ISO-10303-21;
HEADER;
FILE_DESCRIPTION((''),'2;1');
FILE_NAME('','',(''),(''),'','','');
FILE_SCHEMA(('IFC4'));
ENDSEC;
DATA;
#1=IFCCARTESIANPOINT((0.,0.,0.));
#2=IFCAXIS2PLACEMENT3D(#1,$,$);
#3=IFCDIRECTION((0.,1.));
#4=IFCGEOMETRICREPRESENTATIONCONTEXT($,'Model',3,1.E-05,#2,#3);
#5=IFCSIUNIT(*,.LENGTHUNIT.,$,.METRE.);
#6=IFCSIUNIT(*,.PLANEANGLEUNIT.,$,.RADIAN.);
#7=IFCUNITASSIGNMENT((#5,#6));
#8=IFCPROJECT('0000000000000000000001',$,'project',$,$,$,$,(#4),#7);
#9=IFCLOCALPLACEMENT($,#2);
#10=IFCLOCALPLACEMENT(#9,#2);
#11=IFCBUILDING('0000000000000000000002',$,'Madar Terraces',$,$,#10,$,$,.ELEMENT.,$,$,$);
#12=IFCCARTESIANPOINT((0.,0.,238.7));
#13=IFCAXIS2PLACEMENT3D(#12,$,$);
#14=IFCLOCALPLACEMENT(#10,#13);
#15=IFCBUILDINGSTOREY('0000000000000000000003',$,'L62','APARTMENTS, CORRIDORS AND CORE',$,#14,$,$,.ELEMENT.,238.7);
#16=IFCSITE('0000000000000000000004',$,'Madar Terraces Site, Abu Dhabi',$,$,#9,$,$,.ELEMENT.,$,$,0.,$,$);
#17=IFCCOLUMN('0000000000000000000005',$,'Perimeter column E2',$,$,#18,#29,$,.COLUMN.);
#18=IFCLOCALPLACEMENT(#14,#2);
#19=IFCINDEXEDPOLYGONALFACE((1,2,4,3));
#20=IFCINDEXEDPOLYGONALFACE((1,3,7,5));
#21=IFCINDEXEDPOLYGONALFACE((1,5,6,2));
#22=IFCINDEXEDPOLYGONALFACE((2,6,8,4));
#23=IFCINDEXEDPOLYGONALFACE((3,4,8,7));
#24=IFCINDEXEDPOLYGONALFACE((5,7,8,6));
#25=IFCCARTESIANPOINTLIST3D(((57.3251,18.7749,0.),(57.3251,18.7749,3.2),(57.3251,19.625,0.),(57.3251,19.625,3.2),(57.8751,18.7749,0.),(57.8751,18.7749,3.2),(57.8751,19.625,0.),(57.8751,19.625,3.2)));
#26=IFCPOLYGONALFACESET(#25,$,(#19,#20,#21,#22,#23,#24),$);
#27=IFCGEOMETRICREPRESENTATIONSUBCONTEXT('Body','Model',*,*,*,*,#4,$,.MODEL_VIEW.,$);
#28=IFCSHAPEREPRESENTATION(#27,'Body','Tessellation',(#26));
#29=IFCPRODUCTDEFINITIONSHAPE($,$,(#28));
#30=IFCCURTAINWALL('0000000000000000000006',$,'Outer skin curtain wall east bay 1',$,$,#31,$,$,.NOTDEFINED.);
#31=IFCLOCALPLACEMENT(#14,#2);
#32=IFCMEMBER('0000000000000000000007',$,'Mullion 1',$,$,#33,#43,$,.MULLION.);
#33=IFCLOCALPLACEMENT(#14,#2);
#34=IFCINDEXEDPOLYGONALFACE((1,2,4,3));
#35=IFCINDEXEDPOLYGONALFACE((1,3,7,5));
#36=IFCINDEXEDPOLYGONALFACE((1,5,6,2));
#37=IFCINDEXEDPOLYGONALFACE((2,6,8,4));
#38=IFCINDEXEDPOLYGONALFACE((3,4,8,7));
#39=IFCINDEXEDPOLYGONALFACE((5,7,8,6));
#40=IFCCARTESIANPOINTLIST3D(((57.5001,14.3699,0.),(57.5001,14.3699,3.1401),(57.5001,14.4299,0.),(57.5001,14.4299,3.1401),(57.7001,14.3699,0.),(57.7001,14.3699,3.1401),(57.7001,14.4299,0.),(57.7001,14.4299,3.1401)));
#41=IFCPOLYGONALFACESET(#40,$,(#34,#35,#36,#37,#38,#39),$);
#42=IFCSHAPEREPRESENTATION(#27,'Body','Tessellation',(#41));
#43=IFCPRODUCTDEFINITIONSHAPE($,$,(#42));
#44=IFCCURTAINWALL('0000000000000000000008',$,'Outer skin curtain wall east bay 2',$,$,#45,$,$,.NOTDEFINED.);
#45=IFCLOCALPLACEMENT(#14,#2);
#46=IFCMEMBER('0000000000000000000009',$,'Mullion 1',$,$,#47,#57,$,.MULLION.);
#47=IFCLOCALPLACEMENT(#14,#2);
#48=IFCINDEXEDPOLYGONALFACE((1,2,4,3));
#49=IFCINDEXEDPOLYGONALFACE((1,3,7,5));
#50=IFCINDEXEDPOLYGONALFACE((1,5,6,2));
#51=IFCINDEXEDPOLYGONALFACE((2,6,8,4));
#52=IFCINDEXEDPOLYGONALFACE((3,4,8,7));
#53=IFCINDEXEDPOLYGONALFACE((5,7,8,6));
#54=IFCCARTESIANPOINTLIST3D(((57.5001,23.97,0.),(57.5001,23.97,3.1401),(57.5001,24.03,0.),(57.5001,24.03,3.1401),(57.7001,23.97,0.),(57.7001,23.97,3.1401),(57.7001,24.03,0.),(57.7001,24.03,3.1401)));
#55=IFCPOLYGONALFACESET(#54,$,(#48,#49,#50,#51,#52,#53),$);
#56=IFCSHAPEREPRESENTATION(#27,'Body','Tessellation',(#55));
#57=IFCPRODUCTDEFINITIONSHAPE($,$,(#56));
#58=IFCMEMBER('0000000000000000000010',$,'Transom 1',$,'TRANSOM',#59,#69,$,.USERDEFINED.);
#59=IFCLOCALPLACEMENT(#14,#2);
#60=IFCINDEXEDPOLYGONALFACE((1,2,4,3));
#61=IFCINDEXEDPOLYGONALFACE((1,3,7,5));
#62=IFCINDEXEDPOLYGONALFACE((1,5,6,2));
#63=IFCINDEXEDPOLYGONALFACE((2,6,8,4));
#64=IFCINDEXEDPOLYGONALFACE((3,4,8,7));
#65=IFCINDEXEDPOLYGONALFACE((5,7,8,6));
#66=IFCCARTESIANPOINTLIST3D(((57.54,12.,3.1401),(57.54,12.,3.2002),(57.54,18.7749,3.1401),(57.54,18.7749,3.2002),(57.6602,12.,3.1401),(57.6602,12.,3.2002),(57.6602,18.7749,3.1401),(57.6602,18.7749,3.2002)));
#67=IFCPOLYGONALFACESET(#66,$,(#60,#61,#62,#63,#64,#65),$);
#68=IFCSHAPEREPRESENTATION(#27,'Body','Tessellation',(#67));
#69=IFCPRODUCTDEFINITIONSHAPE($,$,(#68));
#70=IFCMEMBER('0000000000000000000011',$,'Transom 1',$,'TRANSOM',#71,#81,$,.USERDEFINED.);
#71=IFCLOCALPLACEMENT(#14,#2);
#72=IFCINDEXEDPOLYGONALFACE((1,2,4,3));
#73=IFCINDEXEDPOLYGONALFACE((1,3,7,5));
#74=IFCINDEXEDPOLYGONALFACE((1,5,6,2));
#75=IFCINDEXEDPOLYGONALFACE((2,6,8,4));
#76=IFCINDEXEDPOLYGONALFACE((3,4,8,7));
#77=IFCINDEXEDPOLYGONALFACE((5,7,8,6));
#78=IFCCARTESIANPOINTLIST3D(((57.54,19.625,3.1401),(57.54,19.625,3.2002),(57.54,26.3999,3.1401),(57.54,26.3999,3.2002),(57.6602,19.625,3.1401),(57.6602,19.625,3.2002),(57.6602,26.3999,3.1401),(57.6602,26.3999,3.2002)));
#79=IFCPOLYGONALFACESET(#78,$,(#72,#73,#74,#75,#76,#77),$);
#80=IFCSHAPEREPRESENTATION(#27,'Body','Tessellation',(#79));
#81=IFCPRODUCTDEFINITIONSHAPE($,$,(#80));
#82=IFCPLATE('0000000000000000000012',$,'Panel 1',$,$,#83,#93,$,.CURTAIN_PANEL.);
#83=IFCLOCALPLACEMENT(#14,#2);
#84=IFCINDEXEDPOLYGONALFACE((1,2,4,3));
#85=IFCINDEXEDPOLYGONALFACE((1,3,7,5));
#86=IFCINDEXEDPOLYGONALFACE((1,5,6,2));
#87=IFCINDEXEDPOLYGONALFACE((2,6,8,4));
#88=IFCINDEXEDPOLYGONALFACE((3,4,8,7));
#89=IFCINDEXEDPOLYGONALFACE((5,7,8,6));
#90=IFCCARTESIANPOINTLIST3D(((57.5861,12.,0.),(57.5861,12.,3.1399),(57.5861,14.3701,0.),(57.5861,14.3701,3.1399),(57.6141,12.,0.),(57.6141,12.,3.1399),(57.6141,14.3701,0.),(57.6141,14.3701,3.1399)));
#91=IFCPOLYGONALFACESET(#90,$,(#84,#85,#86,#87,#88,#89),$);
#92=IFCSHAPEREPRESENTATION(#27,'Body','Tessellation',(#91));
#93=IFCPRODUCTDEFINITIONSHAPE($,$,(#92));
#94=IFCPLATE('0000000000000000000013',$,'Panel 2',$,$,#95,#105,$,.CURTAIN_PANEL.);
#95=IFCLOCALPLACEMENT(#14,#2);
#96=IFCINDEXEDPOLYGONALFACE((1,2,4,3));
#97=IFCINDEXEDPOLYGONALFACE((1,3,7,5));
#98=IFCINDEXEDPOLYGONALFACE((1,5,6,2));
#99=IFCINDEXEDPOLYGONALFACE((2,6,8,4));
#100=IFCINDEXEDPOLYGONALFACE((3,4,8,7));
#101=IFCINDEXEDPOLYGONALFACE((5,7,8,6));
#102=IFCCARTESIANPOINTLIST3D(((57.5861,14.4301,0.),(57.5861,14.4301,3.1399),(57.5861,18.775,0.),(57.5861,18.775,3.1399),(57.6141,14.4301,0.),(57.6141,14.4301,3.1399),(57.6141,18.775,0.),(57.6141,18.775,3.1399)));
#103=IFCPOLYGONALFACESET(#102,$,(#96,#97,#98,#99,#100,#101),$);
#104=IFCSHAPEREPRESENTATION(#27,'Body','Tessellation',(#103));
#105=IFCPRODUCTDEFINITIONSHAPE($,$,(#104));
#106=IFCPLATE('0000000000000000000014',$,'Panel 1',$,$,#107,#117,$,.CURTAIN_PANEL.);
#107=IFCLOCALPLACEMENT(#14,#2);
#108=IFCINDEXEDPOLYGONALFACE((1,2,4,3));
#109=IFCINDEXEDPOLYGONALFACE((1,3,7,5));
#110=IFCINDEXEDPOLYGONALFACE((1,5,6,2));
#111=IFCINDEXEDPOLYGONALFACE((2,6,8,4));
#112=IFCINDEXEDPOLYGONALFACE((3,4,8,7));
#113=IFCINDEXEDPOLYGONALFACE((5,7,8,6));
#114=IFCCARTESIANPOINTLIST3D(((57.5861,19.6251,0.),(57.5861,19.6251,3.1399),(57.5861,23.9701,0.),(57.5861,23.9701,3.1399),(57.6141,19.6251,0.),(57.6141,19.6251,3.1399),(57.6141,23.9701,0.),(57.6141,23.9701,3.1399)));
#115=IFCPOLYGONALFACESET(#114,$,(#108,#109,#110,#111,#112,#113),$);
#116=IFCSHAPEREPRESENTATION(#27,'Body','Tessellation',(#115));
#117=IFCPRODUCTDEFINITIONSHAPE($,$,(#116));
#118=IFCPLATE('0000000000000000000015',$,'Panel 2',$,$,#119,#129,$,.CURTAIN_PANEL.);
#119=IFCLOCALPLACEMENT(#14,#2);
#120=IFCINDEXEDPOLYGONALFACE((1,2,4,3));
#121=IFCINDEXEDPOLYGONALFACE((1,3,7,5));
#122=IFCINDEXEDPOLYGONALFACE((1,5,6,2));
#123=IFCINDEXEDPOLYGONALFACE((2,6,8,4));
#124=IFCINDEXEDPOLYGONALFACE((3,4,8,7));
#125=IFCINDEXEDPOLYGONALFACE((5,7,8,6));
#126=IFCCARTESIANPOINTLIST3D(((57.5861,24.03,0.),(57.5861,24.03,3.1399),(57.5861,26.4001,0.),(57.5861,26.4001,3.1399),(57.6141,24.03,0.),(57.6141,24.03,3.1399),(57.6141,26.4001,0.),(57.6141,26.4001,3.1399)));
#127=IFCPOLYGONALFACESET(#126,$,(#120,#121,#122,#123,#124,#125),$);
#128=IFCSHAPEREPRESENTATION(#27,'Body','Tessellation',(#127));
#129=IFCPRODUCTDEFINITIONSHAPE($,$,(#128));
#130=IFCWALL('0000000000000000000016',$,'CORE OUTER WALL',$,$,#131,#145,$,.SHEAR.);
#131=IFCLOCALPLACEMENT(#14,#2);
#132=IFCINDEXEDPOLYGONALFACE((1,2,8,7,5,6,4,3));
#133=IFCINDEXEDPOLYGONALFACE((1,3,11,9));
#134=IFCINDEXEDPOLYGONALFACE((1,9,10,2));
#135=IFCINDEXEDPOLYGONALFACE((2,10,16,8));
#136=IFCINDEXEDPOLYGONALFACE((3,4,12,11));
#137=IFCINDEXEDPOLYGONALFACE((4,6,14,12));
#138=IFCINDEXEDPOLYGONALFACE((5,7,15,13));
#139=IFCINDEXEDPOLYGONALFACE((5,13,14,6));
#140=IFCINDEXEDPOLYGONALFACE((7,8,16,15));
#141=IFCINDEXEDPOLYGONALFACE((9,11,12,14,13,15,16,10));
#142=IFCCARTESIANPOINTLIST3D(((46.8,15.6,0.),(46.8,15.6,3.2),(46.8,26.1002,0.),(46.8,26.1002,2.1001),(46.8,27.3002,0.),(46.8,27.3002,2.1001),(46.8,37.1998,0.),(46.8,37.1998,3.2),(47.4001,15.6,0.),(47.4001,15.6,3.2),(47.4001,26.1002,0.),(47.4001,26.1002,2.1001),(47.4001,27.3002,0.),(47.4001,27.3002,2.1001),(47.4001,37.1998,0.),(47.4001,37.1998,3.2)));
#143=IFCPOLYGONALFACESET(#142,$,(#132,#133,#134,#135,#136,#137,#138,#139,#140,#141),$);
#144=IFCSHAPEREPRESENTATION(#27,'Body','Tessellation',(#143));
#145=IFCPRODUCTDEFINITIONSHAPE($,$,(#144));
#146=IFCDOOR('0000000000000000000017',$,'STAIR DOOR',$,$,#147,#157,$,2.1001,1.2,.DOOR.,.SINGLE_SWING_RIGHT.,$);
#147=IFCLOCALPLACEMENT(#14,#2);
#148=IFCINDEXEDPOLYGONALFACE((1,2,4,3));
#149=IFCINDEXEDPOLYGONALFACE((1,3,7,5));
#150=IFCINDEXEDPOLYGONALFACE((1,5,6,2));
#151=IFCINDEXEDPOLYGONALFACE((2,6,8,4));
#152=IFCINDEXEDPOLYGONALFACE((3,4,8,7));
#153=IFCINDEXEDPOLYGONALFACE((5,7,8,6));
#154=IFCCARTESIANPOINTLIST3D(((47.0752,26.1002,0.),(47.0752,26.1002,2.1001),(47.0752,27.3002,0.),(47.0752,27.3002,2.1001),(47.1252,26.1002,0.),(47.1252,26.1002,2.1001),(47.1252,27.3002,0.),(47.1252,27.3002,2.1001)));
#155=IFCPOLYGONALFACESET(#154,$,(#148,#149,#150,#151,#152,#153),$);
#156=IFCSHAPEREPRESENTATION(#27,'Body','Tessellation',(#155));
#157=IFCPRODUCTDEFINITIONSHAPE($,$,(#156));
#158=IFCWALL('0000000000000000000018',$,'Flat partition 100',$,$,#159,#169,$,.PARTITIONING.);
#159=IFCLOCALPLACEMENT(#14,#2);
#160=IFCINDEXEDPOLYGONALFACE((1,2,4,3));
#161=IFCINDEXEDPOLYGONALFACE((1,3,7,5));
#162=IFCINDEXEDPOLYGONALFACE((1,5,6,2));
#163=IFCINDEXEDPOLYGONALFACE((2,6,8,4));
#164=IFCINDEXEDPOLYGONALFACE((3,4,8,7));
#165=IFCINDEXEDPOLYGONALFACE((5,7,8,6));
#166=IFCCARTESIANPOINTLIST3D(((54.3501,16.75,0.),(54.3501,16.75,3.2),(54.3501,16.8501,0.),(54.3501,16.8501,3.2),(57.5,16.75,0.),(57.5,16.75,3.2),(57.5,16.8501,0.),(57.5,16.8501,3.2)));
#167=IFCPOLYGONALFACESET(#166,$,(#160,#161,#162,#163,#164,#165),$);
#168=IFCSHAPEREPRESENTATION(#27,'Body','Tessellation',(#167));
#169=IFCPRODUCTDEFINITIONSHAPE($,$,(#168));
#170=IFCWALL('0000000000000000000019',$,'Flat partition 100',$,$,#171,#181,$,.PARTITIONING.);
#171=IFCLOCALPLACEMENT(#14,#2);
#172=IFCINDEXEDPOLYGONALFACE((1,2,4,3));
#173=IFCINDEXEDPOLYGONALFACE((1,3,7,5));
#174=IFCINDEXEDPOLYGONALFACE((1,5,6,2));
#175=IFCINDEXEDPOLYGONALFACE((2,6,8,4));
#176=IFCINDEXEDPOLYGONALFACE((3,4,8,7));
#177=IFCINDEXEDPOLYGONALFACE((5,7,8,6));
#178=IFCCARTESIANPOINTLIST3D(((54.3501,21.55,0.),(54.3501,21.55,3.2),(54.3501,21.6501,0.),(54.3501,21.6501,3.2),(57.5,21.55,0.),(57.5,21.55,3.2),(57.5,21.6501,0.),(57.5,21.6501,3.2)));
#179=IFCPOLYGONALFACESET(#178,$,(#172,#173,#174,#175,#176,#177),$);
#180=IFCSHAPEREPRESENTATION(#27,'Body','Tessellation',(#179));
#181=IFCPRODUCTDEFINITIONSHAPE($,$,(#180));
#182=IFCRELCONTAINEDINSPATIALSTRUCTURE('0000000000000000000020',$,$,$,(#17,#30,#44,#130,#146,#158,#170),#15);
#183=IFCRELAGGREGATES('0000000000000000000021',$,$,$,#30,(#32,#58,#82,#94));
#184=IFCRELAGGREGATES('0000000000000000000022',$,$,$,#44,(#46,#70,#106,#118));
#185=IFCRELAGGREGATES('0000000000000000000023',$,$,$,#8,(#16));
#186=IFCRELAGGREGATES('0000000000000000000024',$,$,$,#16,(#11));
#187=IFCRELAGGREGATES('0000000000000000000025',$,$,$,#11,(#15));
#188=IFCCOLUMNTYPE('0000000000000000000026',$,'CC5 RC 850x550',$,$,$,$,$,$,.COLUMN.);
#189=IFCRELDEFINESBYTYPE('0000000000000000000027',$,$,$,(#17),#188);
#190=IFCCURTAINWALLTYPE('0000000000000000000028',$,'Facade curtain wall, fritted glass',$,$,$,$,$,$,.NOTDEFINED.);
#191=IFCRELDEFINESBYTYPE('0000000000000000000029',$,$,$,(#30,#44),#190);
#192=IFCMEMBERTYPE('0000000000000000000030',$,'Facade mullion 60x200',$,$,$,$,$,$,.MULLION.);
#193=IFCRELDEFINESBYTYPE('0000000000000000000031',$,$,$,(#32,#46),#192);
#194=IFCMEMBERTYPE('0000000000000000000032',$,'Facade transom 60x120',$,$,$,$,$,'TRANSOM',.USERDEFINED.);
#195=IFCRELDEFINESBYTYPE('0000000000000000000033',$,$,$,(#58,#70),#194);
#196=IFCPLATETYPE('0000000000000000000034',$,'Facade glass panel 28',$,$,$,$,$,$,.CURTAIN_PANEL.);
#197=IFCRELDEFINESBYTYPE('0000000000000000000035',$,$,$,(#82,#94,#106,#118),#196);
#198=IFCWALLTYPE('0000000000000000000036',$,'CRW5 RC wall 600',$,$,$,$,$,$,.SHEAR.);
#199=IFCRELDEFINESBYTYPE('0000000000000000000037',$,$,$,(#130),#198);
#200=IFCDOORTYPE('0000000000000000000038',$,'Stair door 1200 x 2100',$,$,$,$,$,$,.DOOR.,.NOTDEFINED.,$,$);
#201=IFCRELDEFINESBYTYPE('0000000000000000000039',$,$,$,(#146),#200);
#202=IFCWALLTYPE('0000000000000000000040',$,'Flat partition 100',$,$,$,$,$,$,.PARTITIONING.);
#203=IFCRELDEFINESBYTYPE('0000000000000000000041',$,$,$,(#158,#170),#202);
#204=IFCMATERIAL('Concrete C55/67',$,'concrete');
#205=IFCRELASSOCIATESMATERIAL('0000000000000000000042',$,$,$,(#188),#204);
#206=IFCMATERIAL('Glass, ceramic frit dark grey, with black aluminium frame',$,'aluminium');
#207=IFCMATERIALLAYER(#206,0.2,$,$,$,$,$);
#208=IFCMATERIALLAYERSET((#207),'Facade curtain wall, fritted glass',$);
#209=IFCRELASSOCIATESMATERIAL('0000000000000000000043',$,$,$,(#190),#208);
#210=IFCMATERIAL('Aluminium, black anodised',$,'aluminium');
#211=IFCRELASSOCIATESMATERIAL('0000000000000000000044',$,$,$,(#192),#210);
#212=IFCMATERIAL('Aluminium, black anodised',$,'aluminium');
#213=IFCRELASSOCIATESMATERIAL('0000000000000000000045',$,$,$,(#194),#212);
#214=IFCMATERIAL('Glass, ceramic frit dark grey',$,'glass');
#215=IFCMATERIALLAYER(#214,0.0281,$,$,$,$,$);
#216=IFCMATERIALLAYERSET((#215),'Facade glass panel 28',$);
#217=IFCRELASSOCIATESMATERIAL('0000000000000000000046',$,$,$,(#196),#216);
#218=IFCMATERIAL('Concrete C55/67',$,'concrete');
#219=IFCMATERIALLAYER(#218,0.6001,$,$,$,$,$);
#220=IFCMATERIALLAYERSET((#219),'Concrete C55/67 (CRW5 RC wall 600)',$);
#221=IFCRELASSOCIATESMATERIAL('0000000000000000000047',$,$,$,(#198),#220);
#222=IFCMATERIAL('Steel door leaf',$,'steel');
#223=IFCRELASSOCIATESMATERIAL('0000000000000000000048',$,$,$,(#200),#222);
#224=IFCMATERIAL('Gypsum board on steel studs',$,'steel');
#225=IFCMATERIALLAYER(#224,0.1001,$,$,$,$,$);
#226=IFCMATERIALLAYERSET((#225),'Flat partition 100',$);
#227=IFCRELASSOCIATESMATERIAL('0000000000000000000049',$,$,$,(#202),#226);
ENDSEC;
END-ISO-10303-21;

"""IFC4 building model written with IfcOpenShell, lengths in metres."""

from ifc_helpers import new_model, si_unit, direction, frame, frame_2d, origin, origin_2d, place, context, subcontext, project, spatial, rectangle, extrude, material, layer, layer_set, material_profile, profile_set, type_object, element, fill, aggregate, save


model = new_model("IFC4")

# Units and contexts
model_context = context("Model", 3, precision=1e-05, world=origin(), true_north=direction((0.0, 1.0)))
body_context = subcontext(model_context, "Body", "Model", "MODEL_VIEW")
ifc_project = project(units=[si_unit("LENGTHUNIT", "METRE"), si_unit("PLANEANGLEUNIT", "RADIAN")], contexts=[model_context])

# Site, building, storey
site_placement = place(None, origin())
site = spatial("IfcSite", under=ifc_project, at=site_placement, Name="Madar Terraces Site, Abu Dhabi", CompositionType="ELEMENT", RefElevation=0.0)
building_placement = place(site_placement, origin())
building = spatial("IfcBuilding", under=site, at=building_placement, Name="Madar Terraces", CompositionType="ELEMENT")
storey_placement = place(building_placement, frame((0.0, 0.0, 238.7)))
storey = spatial("IfcBuildingStorey", under=building, at=storey_placement, Name="L62", Description="APARTMENTS, CORRIDORS AND CORE", CompositionType="ELEMENT", Elevation=238.7)

# Column
ifc_material_1 = material(Name="Concrete C55/67", Category="concrete")
ifc_material_profile_1 = material_profile(ifc_material_1, rectangle(XDim=0.8501, YDim=0.55, at=origin_2d()), Name="CC5 RC 850x550")
ifc_profile_set_1 = profile_set([ifc_material_profile_1], Name="Concrete C55/67")
column_type = type_object("IfcColumnType", Name="CC5 RC 850x550", PredefinedType="COLUMN", material=ifc_profile_set_1)
column_placement = place(storey_placement, frame((57.6001, 19.2, 0.0), z_axis=(0.0, 0.0, 1.0), x_axis=(0.0, 1.0, 0.0)))
element("IfcColumn", 1, at=column_placement, inside=storey, type_object=column_type, Name="Perimeter column E2", PredefinedType="COLUMN", context=body_context, shape_type="SweptSolid", body=[
    extrude(rectangle(XDim=0.8501, YDim=0.55, at=origin_2d()), origin(), (0.0, 0.0, 1.0), 3.2),
])

# Curtain walls, members
ifc_material_2 = material(Name="Glass, ceramic frit dark grey, with black aluminium frame", Category="aluminium")
ifc_layer_1 = layer(ifc_material_2, 0.2)
ifc_layer_set_1 = layer_set([ifc_layer_1], Name="Facade curtain wall, fritted glass")
curtain_wall_type = type_object("IfcCurtainWallType", Name="Facade curtain wall, fritted glass", PredefinedType="NOTDEFINED", material=ifc_layer_set_1)
curtain_wall_1_placement = place(storey_placement, origin())
curtain_wall_1 = element("IfcCurtainWall", 2, at=curtain_wall_1_placement, inside=storey, type_object=curtain_wall_type, Name="Outer skin curtain wall east bay 1", PredefinedType="NOTDEFINED")
ifc_material_3 = material(Name="Aluminium, black anodised", Category="aluminium")
ifc_material_profile_2 = material_profile(ifc_material_3, rectangle(XDim=0.2, YDim=0.0601, at=origin_2d()), Name="Facade mullion 60x200")
ifc_profile_set_2 = profile_set([ifc_material_profile_2], Name="Aluminium, black anodised")
member_type_1 = type_object("IfcMemberType", Name="Facade mullion 60x200", PredefinedType="MULLION", material=ifc_profile_set_2)
member_1_placement = place(storey_placement, frame((57.6001, 14.3999, 0.0), z_axis=(0.0, 0.0, 1.0), x_axis=(-1.0, 0.0, 0.0)))
member_1 = element("IfcMember", 3, at=member_1_placement, type_object=member_type_1, Name="Mullion 1", PredefinedType="MULLION", context=body_context, shape_type="SweptSolid", body=[
    extrude(rectangle(XDim=0.2, YDim=0.0601, at=origin_2d()), origin(), (0.0, 0.0, 1.0), 3.1401),
])
curtain_wall_2_placement = place(storey_placement, origin())
curtain_wall_2 = element("IfcCurtainWall", 4, at=curtain_wall_2_placement, inside=storey, type_object=curtain_wall_type, Name="Outer skin curtain wall east bay 2", PredefinedType="NOTDEFINED")
member_2_placement = place(storey_placement, frame((57.6001, 24.0, 0.0), z_axis=(0.0, 0.0, 1.0), x_axis=(-1.0, 0.0, 0.0)))
member_2 = element("IfcMember", 5, at=member_2_placement, type_object=member_type_1, Name="Mullion 1", PredefinedType="MULLION", context=body_context, shape_type="SweptSolid", body=[
    extrude(rectangle(XDim=0.2, YDim=0.0601, at=origin_2d()), origin(), (0.0, 0.0, 1.0), 3.1401),
])

# Members
ifc_material_4 = material(Name="Aluminium, black anodised", Category="aluminium")
ifc_material_profile_3 = material_profile(ifc_material_4, rectangle(XDim=0.1201, YDim=0.0601, at=origin_2d()), Name="Facade transom 60x120")
ifc_profile_set_3 = profile_set([ifc_material_profile_3], Name="Aluminium, black anodised")
member_type_2 = type_object("IfcMemberType", Name="Facade transom 60x120", ElementType="TRANSOM", PredefinedType="USERDEFINED", material=ifc_profile_set_3)
member_3_placement = place(storey_placement, frame((57.6001, 12.0, 3.1702), z_axis=(0.0, 1.0, 0.0), x_axis=(-1.0, 0.0, 0.0)))
member_3 = element("IfcMember", 6, at=member_3_placement, type_object=member_type_2, Name="Transom 1", ObjectType="TRANSOM", PredefinedType="USERDEFINED", context=body_context, shape_type="SweptSolid", body=[
    extrude(rectangle(XDim=0.1201, YDim=0.0601, at=origin_2d()), origin(), (0.0, 0.0, 1.0), 6.7749),
])
member_4_placement = place(storey_placement, frame((57.6001, 19.625, 3.1702), z_axis=(0.0, 1.0, 0.0), x_axis=(-1.0, 0.0, 0.0)))
member_4 = element("IfcMember", 7, at=member_4_placement, type_object=member_type_2, Name="Transom 1", ObjectType="TRANSOM", PredefinedType="USERDEFINED", context=body_context, shape_type="SweptSolid", body=[
    extrude(rectangle(XDim=0.1201, YDim=0.0601, at=origin_2d()), origin(), (0.0, 0.0, 1.0), 6.7749),
])

# Plates
ifc_material_5 = material(Name="Glass, ceramic frit dark grey", Category="glass")
ifc_layer_2 = layer(ifc_material_5, 0.0281)
ifc_layer_set_2 = layer_set([ifc_layer_2], Name="Facade glass panel 28")
plate_type = type_object("IfcPlateType", Name="Facade glass panel 28", PredefinedType="CURTAIN_PANEL", material=ifc_layer_set_2)
plate_1_placement = place(storey_placement, frame((57.6001, 13.1851, 0.0), z_axis=(0.0, 0.0, 1.0), x_axis=(0.0, 1.0, 0.0)))
plate_1 = element("IfcPlate", 8, at=plate_1_placement, type_object=plate_type, Name="Panel 1", PredefinedType="CURTAIN_PANEL", context=body_context, shape_type="SweptSolid", body=[
    extrude(rectangle(XDim=2.3701, YDim=0.0281, at=origin_2d()), origin(), (0.0, 0.0, 1.0), 3.1399),
])
plate_2_placement = place(storey_placement, frame((57.6001, 16.6025, 0.0), z_axis=(0.0, 0.0, 1.0), x_axis=(0.0, 1.0, 0.0)))
plate_2 = element("IfcPlate", 9, at=plate_2_placement, type_object=plate_type, Name="Panel 2", PredefinedType="CURTAIN_PANEL", context=body_context, shape_type="SweptSolid", body=[
    extrude(rectangle(XDim=4.345, YDim=0.0281, at=origin_2d()), origin(), (0.0, 0.0, 1.0), 3.1399),
])
aggregate(curtain_wall_1, [member_1, member_3, plate_1, plate_2])
plate_3_placement = place(storey_placement, frame((57.6001, 21.7976, 0.0), z_axis=(0.0, 0.0, 1.0), x_axis=(0.0, 1.0, 0.0)))
plate_3 = element("IfcPlate", 10, at=plate_3_placement, type_object=plate_type, Name="Panel 1", PredefinedType="CURTAIN_PANEL", context=body_context, shape_type="SweptSolid", body=[
    extrude(rectangle(XDim=4.345, YDim=0.0281, at=origin_2d()), origin(), (0.0, 0.0, 1.0), 3.1399),
])
plate_4_placement = place(storey_placement, frame((57.6001, 25.2151, 0.0), z_axis=(0.0, 0.0, 1.0), x_axis=(0.0, 1.0, 0.0)))
plate_4 = element("IfcPlate", 11, at=plate_4_placement, type_object=plate_type, Name="Panel 2", PredefinedType="CURTAIN_PANEL", context=body_context, shape_type="SweptSolid", body=[
    extrude(rectangle(XDim=2.3701, YDim=0.0281, at=origin_2d()), origin(), (0.0, 0.0, 1.0), 3.1399),
])
aggregate(curtain_wall_2, [member_2, member_4, plate_3, plate_4])

# Wall, opening, door
ifc_material_6 = material(Name="Concrete C55/67", Category="concrete")
ifc_layer_3 = layer(ifc_material_6, 0.6001)
ifc_layer_set_3 = layer_set([ifc_layer_3], Name="Concrete C55/67 (CRW5 RC wall 600)")
wall_type_1 = type_object("IfcWallType", Name="CRW5 RC wall 600", PredefinedType="SHEAR", material=ifc_layer_set_3)
wall_1_placement = place(storey_placement, frame((47.1001, 15.6001, 0.0), z_axis=(0.0, 0.0, 1.0), x_axis=(0.0, 1.0, 0.0)))
wall_1 = element("IfcWall", 12, at=wall_1_placement, inside=storey, type_object=wall_type_1, Name="CORE OUTER WALL", PredefinedType="SHEAR", context=body_context, shape_type="SweptSolid", body=[
    extrude(rectangle(XDim=21.5999, YDim=0.6001, at=frame_2d((10.7998, 0.0))), origin(), (0.0, 0.0, 1.0), 3.2),
])
opening_1_placement = place(wall_1_placement, frame((10.5, 0.0, 0.0)))
opening_1 = element("IfcOpeningElement", 13, at=opening_1_placement, cuts=wall_1, PredefinedType="OPENING", context=body_context, shape_type="SweptSolid", body=[
    extrude(rectangle(XDim=1.2, YDim=2.1001, at=frame_2d((0.6001, 1.05))), frame((0.0, 0.3101, 0.0), z_axis=(0.0, -1.0, 0.0), x_axis=(1.0, 0.0, 0.0)), (0.0, 0.0, 1.0), 0.6201),
])
ifc_material_7 = material(Name="Steel door leaf", Category="steel")
door_type_1 = type_object("IfcDoorType", Name="Stair door 1200 x 2100", OperationType="NOTDEFINED", PredefinedType="DOOR", material=ifc_material_7)
door_1_placement = place(opening_1_placement, origin())
door_1 = element("IfcDoor", 14, at=door_1_placement, inside=storey, type_object=door_type_1, Name="STAIR DOOR", OperationType="SINGLE_SWING_RIGHT", OverallHeight=2.1001, OverallWidth=1.2, PredefinedType="DOOR", context=body_context, shape_type="SweptSolid", body=[
    extrude(rectangle(XDim=1.2, YDim=2.1001, at=frame_2d((0.6001, 1.05))), frame((0.0, 0.0249, 0.0), z_axis=(0.0, -1.0, 0.0), x_axis=(1.0, 0.0, 0.0)), (0.0, 0.0, 1.0), 0.05),
])
fill(opening_1, door_1)

# Walls
ifc_material_8 = material(Name="Gypsum board on steel studs", Category="steel")
ifc_layer_4 = layer(ifc_material_8, 0.1001)
ifc_layer_set_4 = layer_set([ifc_layer_4], Name="Flat partition 100")
wall_type_2 = type_object("IfcWallType", Name="Flat partition 100", PredefinedType="PARTITIONING", material=ifc_layer_set_4)
for number, where, z_axis, x_axis, name in (
    (15, (54.3501, 16.8, 0.0), (0.0, 0.0, 1.0), (1.0, 0.0, 0.0), "Flat partition 100"),
    (16, (54.3501, 21.6001, 0.0), (0.0, 0.0, 1.0), (1.0, 0.0, 0.0), "Flat partition 100"),
):
    element("IfcWall", number, at=place(storey_placement, frame(where, z_axis=z_axis, x_axis=x_axis)), inside=storey, type_object=wall_type_2, Name=name, PredefinedType="PARTITIONING", context=body_context, shape_type="SweptSolid", body=[
        extrude(rectangle(XDim=3.1499, YDim=0.1001, at=frame_2d((1.575, 0.0))), origin(), (0.0, 0.0, 1.0), 3.2),
    ])

save(model, "model.ifc")
